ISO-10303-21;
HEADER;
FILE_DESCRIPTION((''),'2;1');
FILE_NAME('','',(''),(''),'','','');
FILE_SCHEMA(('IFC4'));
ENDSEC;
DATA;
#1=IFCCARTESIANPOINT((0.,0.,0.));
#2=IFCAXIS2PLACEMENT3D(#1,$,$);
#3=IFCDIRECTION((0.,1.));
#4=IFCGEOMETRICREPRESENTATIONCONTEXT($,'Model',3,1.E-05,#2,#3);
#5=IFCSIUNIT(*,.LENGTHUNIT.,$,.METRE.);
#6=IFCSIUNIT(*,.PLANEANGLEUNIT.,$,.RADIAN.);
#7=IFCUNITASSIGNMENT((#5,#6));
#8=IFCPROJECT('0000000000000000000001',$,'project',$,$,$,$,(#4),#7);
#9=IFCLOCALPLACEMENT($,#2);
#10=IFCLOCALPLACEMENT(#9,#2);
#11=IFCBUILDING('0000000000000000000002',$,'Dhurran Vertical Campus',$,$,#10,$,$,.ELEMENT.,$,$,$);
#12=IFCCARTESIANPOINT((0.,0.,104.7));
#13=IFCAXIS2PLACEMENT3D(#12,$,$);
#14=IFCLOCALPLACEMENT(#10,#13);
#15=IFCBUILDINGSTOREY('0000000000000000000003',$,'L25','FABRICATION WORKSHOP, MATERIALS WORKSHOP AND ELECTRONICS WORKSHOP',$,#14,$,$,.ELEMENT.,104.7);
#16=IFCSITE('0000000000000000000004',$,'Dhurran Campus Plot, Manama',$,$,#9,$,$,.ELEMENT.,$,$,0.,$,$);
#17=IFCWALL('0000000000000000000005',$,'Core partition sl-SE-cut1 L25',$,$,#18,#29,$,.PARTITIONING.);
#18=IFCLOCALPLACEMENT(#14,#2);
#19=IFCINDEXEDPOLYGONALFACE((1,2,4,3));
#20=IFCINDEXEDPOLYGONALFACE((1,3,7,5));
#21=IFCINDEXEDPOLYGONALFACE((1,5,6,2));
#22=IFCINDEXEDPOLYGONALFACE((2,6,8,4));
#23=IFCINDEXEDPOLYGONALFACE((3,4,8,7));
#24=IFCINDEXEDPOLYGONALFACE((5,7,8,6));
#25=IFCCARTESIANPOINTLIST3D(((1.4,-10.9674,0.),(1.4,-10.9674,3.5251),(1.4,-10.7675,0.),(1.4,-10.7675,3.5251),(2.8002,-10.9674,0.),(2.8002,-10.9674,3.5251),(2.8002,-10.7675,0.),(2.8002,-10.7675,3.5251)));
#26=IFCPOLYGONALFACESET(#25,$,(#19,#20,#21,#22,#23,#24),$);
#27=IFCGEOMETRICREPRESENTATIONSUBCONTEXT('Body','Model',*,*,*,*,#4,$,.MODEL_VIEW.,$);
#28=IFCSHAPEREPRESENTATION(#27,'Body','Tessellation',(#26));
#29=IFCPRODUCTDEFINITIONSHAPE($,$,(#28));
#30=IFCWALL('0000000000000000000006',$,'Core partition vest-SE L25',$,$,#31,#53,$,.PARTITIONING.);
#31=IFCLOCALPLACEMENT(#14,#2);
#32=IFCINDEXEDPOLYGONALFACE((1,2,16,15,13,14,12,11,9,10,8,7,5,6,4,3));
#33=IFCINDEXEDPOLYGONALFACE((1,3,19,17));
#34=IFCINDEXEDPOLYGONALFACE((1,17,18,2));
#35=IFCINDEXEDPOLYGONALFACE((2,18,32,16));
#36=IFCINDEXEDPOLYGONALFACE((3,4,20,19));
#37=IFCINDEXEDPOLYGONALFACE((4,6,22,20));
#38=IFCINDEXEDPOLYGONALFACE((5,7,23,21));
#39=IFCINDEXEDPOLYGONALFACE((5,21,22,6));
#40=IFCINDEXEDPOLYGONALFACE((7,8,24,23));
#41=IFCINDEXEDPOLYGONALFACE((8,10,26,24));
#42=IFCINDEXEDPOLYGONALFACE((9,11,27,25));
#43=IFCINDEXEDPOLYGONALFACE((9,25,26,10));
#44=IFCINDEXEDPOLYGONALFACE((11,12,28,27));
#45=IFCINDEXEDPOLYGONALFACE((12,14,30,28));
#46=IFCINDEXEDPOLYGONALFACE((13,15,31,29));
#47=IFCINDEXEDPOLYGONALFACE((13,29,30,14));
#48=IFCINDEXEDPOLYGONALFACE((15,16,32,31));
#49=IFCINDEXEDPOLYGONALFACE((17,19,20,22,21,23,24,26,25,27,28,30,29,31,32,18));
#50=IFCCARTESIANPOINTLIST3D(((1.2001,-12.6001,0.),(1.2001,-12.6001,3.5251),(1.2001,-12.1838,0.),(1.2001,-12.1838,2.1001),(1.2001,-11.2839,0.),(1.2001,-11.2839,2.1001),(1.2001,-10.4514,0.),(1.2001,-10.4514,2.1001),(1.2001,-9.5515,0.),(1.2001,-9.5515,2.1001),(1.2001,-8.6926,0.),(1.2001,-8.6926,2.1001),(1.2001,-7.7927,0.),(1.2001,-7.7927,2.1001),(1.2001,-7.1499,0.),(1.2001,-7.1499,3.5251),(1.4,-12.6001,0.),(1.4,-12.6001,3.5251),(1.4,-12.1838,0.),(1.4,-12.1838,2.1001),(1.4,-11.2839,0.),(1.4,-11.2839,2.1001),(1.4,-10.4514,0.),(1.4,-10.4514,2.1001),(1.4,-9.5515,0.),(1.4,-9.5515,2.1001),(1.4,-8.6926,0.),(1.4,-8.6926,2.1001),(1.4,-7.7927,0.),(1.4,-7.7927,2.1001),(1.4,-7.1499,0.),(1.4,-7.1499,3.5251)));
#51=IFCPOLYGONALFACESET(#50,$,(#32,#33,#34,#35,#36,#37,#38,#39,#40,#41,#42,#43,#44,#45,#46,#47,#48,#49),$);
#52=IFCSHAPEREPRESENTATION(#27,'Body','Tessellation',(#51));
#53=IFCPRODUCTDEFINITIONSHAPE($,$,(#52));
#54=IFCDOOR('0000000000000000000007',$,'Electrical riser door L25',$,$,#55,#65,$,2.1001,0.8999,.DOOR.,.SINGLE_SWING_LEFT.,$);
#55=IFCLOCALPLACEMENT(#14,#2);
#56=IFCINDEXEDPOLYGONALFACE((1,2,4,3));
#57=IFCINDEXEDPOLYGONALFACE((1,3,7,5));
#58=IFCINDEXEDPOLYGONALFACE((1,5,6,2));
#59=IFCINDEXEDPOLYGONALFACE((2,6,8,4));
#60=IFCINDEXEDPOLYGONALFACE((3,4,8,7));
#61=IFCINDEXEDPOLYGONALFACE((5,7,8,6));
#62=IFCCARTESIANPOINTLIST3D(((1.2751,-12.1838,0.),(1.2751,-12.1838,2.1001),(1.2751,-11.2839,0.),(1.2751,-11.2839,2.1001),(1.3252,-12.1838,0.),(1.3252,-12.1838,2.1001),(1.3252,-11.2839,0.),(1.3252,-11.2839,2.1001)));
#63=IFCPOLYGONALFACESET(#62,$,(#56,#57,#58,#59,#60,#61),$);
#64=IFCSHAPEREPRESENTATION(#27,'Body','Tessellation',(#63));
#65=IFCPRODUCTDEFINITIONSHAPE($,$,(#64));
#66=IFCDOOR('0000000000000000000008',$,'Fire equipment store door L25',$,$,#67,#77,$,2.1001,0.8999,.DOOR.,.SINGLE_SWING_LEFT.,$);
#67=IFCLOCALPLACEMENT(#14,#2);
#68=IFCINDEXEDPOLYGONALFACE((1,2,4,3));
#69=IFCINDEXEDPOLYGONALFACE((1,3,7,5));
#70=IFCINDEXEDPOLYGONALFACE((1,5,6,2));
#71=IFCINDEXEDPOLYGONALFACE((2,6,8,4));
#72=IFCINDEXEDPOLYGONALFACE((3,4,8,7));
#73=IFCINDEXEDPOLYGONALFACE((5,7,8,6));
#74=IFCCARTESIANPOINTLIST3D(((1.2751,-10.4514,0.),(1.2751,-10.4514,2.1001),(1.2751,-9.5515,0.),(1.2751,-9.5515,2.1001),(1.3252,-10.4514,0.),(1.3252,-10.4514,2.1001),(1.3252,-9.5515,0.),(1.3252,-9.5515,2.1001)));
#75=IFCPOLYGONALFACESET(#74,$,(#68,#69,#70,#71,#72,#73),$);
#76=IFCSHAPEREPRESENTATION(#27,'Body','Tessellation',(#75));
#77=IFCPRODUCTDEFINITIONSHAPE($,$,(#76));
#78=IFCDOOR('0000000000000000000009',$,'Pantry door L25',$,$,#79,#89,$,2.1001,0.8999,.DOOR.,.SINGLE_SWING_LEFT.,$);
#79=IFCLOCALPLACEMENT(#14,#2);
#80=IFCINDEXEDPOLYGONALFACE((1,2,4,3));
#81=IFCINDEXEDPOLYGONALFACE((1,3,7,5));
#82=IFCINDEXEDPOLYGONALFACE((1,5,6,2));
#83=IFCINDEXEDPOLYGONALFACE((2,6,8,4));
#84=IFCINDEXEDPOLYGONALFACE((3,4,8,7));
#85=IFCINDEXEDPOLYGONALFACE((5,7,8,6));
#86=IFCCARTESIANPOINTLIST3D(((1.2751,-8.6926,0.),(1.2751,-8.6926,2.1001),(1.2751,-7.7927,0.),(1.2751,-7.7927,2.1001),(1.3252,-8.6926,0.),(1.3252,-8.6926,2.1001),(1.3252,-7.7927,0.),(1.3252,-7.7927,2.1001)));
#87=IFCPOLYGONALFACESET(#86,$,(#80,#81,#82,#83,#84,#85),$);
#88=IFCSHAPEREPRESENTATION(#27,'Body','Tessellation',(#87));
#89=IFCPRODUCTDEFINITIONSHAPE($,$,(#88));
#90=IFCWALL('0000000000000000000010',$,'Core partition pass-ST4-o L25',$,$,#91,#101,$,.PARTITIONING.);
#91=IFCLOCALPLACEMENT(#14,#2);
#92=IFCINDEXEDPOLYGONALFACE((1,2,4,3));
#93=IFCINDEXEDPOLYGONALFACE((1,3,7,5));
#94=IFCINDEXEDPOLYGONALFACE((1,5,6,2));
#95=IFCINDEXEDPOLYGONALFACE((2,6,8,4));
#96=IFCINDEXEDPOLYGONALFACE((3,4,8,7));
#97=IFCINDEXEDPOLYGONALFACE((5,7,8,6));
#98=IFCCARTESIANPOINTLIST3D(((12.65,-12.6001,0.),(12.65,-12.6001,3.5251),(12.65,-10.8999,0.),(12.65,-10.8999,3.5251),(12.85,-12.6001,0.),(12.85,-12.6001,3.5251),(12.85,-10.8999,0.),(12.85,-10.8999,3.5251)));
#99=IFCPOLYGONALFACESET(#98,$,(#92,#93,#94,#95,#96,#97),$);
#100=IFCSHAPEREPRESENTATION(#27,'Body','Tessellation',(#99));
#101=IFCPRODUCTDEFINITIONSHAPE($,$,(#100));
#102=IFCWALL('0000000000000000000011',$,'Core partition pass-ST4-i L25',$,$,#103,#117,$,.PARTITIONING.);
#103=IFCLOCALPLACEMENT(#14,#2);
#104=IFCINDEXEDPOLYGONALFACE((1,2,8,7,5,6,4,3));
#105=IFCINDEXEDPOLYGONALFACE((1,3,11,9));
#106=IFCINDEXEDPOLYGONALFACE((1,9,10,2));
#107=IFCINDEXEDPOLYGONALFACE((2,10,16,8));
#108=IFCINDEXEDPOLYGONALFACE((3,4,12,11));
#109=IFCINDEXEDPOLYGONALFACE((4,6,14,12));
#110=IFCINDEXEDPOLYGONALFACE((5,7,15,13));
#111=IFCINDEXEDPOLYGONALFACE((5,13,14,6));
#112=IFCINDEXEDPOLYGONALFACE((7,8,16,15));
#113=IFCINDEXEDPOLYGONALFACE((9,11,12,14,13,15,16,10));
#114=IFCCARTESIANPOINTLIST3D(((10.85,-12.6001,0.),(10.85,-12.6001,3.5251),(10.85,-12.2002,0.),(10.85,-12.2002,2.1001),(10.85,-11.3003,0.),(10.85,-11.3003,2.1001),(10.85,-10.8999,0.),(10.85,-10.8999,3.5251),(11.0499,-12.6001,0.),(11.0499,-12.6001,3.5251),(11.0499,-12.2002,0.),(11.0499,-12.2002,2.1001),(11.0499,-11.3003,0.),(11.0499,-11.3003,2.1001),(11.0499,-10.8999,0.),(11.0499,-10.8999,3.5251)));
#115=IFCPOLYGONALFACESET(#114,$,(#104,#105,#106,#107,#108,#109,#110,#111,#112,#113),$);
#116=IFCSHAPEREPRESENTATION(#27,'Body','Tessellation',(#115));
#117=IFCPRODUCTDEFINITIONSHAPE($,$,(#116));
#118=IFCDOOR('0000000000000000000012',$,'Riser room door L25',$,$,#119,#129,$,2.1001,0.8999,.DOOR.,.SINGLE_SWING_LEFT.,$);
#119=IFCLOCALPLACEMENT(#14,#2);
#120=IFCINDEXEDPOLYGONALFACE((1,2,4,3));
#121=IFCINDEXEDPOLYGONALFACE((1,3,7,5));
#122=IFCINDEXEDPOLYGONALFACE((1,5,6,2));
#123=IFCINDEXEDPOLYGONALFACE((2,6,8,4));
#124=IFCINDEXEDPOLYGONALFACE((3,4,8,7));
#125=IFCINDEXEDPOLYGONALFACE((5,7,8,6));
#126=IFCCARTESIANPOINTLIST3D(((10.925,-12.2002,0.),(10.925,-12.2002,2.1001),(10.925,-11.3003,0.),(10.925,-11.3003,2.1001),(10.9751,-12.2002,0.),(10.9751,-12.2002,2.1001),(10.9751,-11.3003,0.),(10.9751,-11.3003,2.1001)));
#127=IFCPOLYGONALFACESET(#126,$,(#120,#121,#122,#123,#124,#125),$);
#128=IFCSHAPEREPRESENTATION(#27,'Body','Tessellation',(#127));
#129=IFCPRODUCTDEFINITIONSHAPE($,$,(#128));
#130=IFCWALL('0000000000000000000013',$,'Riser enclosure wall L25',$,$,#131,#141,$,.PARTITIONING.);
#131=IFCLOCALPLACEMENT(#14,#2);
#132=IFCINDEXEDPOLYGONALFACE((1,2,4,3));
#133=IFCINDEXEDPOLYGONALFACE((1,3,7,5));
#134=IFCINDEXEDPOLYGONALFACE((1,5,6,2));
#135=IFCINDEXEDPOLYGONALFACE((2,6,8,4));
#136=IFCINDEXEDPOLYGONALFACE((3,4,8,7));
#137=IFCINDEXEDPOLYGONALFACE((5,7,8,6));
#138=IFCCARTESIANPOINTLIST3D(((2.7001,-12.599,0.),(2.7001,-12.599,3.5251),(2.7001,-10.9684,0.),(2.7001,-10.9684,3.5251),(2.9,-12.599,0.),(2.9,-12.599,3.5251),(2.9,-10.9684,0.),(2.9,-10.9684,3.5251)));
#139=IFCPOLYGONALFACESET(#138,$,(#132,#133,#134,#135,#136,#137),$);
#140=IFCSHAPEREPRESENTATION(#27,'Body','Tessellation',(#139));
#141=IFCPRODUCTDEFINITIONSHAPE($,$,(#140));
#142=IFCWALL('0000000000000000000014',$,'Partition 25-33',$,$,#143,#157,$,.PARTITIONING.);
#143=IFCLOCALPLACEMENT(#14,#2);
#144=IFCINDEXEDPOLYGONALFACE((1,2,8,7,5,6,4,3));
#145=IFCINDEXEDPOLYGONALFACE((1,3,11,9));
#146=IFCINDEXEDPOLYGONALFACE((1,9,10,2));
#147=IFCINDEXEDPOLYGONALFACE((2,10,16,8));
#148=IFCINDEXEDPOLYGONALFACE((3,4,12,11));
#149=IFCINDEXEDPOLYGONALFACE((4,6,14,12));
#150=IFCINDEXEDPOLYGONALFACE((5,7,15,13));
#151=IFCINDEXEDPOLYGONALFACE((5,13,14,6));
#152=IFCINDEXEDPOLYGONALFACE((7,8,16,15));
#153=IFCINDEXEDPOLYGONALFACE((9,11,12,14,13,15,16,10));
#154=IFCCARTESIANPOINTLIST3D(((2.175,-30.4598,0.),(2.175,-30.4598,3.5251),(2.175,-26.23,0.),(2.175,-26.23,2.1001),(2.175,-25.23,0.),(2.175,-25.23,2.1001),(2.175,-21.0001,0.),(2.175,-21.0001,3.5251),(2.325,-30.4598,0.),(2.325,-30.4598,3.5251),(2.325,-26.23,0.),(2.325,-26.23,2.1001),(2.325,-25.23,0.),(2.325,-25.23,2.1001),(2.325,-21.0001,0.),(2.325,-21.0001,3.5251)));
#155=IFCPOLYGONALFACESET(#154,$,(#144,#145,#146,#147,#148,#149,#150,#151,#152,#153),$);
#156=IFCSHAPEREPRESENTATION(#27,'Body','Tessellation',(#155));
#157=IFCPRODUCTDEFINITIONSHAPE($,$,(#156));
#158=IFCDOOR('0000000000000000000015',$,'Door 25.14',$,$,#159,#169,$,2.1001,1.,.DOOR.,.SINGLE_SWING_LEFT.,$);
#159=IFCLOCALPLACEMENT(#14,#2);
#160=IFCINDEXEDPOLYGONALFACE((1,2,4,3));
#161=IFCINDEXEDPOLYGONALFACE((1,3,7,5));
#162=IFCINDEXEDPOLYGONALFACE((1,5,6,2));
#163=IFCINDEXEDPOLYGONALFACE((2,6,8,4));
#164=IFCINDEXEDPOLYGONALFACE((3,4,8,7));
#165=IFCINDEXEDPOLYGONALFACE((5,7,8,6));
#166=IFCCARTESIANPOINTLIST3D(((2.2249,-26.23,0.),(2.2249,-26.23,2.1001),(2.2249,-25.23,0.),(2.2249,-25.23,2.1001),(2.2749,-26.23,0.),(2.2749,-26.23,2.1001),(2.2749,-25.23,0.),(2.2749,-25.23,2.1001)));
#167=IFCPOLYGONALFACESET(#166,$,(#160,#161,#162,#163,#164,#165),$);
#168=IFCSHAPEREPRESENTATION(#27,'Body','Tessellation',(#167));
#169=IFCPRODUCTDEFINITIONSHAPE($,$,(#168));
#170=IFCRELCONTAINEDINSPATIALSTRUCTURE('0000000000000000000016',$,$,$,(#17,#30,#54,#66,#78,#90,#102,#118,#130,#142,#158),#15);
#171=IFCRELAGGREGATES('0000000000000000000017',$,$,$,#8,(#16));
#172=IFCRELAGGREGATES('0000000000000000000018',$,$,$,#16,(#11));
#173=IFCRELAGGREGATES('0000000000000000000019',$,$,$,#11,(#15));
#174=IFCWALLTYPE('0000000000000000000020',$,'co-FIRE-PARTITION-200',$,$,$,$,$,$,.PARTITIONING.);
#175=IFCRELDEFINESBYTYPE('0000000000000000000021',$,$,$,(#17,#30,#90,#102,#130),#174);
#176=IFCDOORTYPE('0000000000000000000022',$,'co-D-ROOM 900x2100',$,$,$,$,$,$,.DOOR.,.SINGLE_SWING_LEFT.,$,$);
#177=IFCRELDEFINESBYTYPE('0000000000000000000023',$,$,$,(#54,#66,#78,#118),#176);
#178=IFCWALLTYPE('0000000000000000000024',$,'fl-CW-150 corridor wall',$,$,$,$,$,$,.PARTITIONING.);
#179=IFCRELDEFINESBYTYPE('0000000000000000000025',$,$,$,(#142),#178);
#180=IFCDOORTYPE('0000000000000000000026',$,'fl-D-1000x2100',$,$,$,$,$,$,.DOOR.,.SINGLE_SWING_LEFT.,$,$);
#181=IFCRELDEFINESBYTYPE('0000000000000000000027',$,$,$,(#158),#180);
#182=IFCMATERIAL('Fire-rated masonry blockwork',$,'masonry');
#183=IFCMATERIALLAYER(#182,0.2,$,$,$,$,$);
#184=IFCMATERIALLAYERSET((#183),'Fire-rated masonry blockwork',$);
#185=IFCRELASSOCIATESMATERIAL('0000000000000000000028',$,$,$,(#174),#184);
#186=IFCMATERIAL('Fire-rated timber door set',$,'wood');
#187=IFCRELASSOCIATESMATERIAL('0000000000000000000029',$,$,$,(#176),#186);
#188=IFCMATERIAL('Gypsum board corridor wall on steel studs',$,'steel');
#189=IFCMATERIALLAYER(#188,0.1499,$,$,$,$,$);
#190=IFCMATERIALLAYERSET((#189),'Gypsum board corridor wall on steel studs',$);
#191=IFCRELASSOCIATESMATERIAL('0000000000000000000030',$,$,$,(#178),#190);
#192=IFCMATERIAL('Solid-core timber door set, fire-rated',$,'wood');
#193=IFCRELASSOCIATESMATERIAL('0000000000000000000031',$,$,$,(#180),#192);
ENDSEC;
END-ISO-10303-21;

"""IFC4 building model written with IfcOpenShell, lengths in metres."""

from ifc_helpers import new_model, si_unit, direction, frame, frame_2d, origin, place, context, subcontext, project, spatial, rectangle, extrude, material, layer, layer_set, type_object, element, fill, save


model = new_model("IFC4")

# Units and contexts
model_context = context("Model", 3, precision=1e-05, world=origin(), true_north=direction((0.0, 1.0)))
body_context = subcontext(model_context, "Body", "Model", "MODEL_VIEW")
ifc_project = project(units=[si_unit("LENGTHUNIT", "METRE"), si_unit("PLANEANGLEUNIT", "RADIAN")], contexts=[model_context])

# Site, building, storey
site_placement = place(None, origin())
site = spatial("IfcSite", under=ifc_project, at=site_placement, Name="Dhurran Campus Plot, Manama", CompositionType="ELEMENT", RefElevation=0.0)
building_placement = place(site_placement, origin())
building = spatial("IfcBuilding", under=site, at=building_placement, Name="Dhurran Vertical Campus", CompositionType="ELEMENT")
storey_placement = place(building_placement, frame((0.0, 0.0, 104.7)))
storey = spatial("IfcBuildingStorey", under=building, at=storey_placement, Name="L25", Description="FABRICATION WORKSHOP, MATERIALS WORKSHOP AND ELECTRONICS WORKSHOP", CompositionType="ELEMENT", Elevation=104.7)

# Wall
ifc_material_1 = material(Name="Fire-rated masonry blockwork", Category="masonry")
ifc_layer_1 = layer(ifc_material_1, 0.2)
ifc_layer_set_1 = layer_set([ifc_layer_1], Name="Fire-rated masonry blockwork")
wall_type_1 = type_object("IfcWallType", Name="co-FIRE-PARTITION-200", PredefinedType="PARTITIONING", material=ifc_layer_set_1)
wall_1_placement = place(storey_placement, frame((1.3999, -10.8674, 0.0), z_axis=(0.0, 0.0, 1.0), x_axis=(1.0, 0.0, 0.0)))
element("IfcWall", 1, at=wall_1_placement, inside=storey, type_object=wall_type_1, Name="Core partition sl-SE-cut1 L25", PredefinedType="PARTITIONING", context=body_context, shape_type="SweptSolid", body=[
    extrude(rectangle(XDim=1.4001, YDim=0.2, at=frame_2d((0.7002, 0.0))), origin(), (0.0, 0.0, 1.0), 3.5251),
])

# Wall, openings, doors
wall_2_placement = place(storey_placement, frame((1.3, -12.6001, 0.0), z_axis=(0.0, 0.0, 1.0), x_axis=(0.0, 1.0, 0.0)))
wall_2 = element("IfcWall", 2, at=wall_2_placement, inside=storey, type_object=wall_type_1, Name="Core partition vest-SE L25", PredefinedType="PARTITIONING", context=body_context, shape_type="SweptSolid", body=[
    extrude(rectangle(XDim=5.4502, YDim=0.2, at=frame_2d((2.7251, 0.0))), origin(), (0.0, 0.0, 1.0), 3.5251),
])
opening_1_placement = place(wall_2_placement, frame((0.4163, 0.0, 0.0)))
opening_1 = element("IfcOpeningElement", 3, at=opening_1_placement, cuts=wall_2, PredefinedType="OPENING", context=body_context, shape_type="SweptSolid", body=[
    extrude(rectangle(XDim=0.8999, YDim=2.1001, at=frame_2d((0.45, 1.05))), frame((0.0, 0.1099, 0.0), z_axis=(0.0, -1.0, 0.0), x_axis=(1.0, 0.0, 0.0)), (0.0, 0.0, 1.0), 0.22),
])
opening_2_placement = place(wall_2_placement, frame((2.1487, 0.0, 0.0)))
opening_2 = element("IfcOpeningElement", 4, at=opening_2_placement, cuts=wall_2, PredefinedType="OPENING", context=body_context, shape_type="SweptSolid", body=[
    extrude(rectangle(XDim=0.8999, YDim=2.1001, at=frame_2d((0.45, 1.05))), frame((0.0, 0.1099, 0.0), z_axis=(0.0, -1.0, 0.0), x_axis=(1.0, 0.0, 0.0)), (0.0, 0.0, 1.0), 0.22),
])
opening_3_placement = place(wall_2_placement, frame((3.9075, 0.0, 0.0)))
opening_3 = element("IfcOpeningElement", 5, at=opening_3_placement, cuts=wall_2, PredefinedType="OPENING", context=body_context, shape_type="SweptSolid", body=[
    extrude(rectangle(XDim=0.8999, YDim=2.1001, at=frame_2d((0.45, 1.05))), frame((0.0, 0.1099, 0.0), z_axis=(0.0, -1.0, 0.0), x_axis=(1.0, 0.0, 0.0)), (0.0, 0.0, 1.0), 0.22),
])
ifc_material_2 = material(Name="Fire-rated timber door set", Category="wood")
door_type_1 = type_object("IfcDoorType", Name="co-D-ROOM 900x2100", OperationType="SINGLE_SWING_LEFT", PredefinedType="DOOR", material=ifc_material_2)
door_1_placement = place(opening_1_placement, origin())
door_1 = element("IfcDoor", 6, at=door_1_placement, inside=storey, type_object=door_type_1, Name="Electrical riser door L25", OperationType="SINGLE_SWING_LEFT", OverallHeight=2.1001, OverallWidth=0.8999, PredefinedType="DOOR", context=body_context, shape_type="SweptSolid", body=[
    extrude(rectangle(XDim=0.8999, YDim=2.1001, at=frame_2d((0.45, 1.05))), frame((0.0, 0.0249, 0.0), z_axis=(0.0, -1.0, 0.0), x_axis=(1.0, 0.0, 0.0)), (0.0, 0.0, 1.0), 0.05),
])
fill(opening_1, door_1)
door_2_placement = place(opening_2_placement, origin())
door_2 = element("IfcDoor", 7, at=door_2_placement, inside=storey, type_object=door_type_1, Name="Fire equipment store door L25", OperationType="SINGLE_SWING_LEFT", OverallHeight=2.1001, OverallWidth=0.8999, PredefinedType="DOOR", context=body_context, shape_type="SweptSolid", body=[
    extrude(rectangle(XDim=0.8999, YDim=2.1001, at=frame_2d((0.45, 1.05))), frame((0.0, 0.0249, 0.0), z_axis=(0.0, -1.0, 0.0), x_axis=(1.0, 0.0, 0.0)), (0.0, 0.0, 1.0), 0.05),
])
fill(opening_2, door_2)
door_3_placement = place(opening_3_placement, origin())
door_3 = element("IfcDoor", 8, at=door_3_placement, inside=storey, type_object=door_type_1, Name="Pantry door L25", OperationType="SINGLE_SWING_LEFT", OverallHeight=2.1001, OverallWidth=0.8999, PredefinedType="DOOR", context=body_context, shape_type="SweptSolid", body=[
    extrude(rectangle(XDim=0.8999, YDim=2.1001, at=frame_2d((0.45, 1.05))), frame((0.0, 0.0249, 0.0), z_axis=(0.0, -1.0, 0.0), x_axis=(1.0, 0.0, 0.0)), (0.0, 0.0, 1.0), 0.05),
])
fill(opening_3, door_3)

# Wall
wall_3_placement = place(storey_placement, frame((12.75, -12.6001, 0.0), z_axis=(0.0, 0.0, 1.0), x_axis=(0.0, 1.0, 0.0)))
element("IfcWall", 9, at=wall_3_placement, inside=storey, type_object=wall_type_1, Name="Core partition pass-ST4-o L25", PredefinedType="PARTITIONING", context=body_context, shape_type="SweptSolid", body=[
    extrude(rectangle(XDim=1.7002, YDim=0.2, at=frame_2d((0.8501, 0.0))), origin(), (0.0, 0.0, 1.0), 3.5251),
])

# Wall, opening, door
wall_4_placement = place(storey_placement, frame((10.95, -12.6001, 0.0), z_axis=(0.0, 0.0, 1.0), x_axis=(0.0, 1.0, 0.0)))
wall_4 = element("IfcWall", 10, at=wall_4_placement, inside=storey, type_object=wall_type_1, Name="Core partition pass-ST4-i L25", PredefinedType="PARTITIONING", context=body_context, shape_type="SweptSolid", body=[
    extrude(rectangle(XDim=1.7002, YDim=0.2, at=frame_2d((0.8501, 0.0))), origin(), (0.0, 0.0, 1.0), 3.5251),
])
opening_4_placement = place(wall_4_placement, frame((0.3999, 0.0, 0.0)))
opening_4 = element("IfcOpeningElement", 11, at=opening_4_placement, cuts=wall_4, PredefinedType="OPENING", context=body_context, shape_type="SweptSolid", body=[
    extrude(rectangle(XDim=0.8999, YDim=2.1001, at=frame_2d((0.45, 1.05))), frame((0.0, 0.1099, 0.0), z_axis=(0.0, -1.0, 0.0), x_axis=(1.0, 0.0, 0.0)), (0.0, 0.0, 1.0), 0.22),
])
door_4_placement = place(opening_4_placement, origin())
door_4 = element("IfcDoor", 12, at=door_4_placement, inside=storey, type_object=door_type_1, Name="Riser room door L25", OperationType="SINGLE_SWING_LEFT", OverallHeight=2.1001, OverallWidth=0.8999, PredefinedType="DOOR", context=body_context, shape_type="SweptSolid", body=[
    extrude(rectangle(XDim=0.8999, YDim=2.1001, at=frame_2d((0.45, 1.05))), frame((0.0, 0.0249, 0.0), z_axis=(0.0, -1.0, 0.0), x_axis=(1.0, 0.0, 0.0)), (0.0, 0.0, 1.0), 0.05),
])
fill(opening_4, door_4)

# Wall
wall_5_placement = place(storey_placement, frame((2.8, -12.5991, 0.0), z_axis=(0.0, 0.0, 1.0), x_axis=(0.0, 1.0, 0.0)))
element("IfcWall", 13, at=wall_5_placement, inside=storey, type_object=wall_type_1, Name="Riser enclosure wall L25", PredefinedType="PARTITIONING", context=body_context, shape_type="SweptSolid", body=[
    extrude(rectangle(XDim=1.6306, YDim=0.2, at=frame_2d((0.8154, 0.0))), origin(), (0.0, 0.0, 1.0), 3.5251),
])

# Wall, opening, door
ifc_material_3 = material(Name="Gypsum board corridor wall on steel studs", Category="steel")
ifc_layer_2 = layer(ifc_material_3, 0.1499)
ifc_layer_set_2 = layer_set([ifc_layer_2], Name="Gypsum board corridor wall on steel studs")
wall_type_2 = type_object("IfcWallType", Name="fl-CW-150 corridor wall", PredefinedType="PARTITIONING", material=ifc_layer_set_2)
wall_6_placement = place(storey_placement, frame((2.25, -21.0, 0.0), z_axis=(0.0, 0.0, 1.0), x_axis=(0.0, -1.0, 0.0)))
wall_6 = element("IfcWall", 14, at=wall_6_placement, inside=storey, type_object=wall_type_2, Name="Partition 25-33", PredefinedType="PARTITIONING", context=body_context, shape_type="SweptSolid", body=[
    extrude(rectangle(XDim=9.4597, YDim=0.1499, at=frame_2d((4.73, 0.0))), origin(), (0.0, 0.0, 1.0), 3.5251),
])
opening_5_placement = place(wall_6_placement, frame((4.23, 0.0, 0.0)))
opening_5 = element("IfcOpeningElement", 15, at=opening_5_placement, cuts=wall_6, PredefinedType="OPENING", context=body_context, shape_type="SweptSolid", body=[
    extrude(rectangle(XDim=1.0, YDim=2.1001, at=frame_2d((0.5, 1.05))), frame((0.0, 0.085, 0.0), z_axis=(0.0, -1.0, 0.0), x_axis=(1.0, 0.0, 0.0)), (0.0, 0.0, 1.0), 0.1699),
])
ifc_material_4 = material(Name="Solid-core timber door set, fire-rated", Category="wood")
door_type_2 = type_object("IfcDoorType", Name="fl-D-1000x2100", OperationType="SINGLE_SWING_LEFT", PredefinedType="DOOR", material=ifc_material_4)
door_5_placement = place(opening_5_placement, origin())
door_5 = element("IfcDoor", 16, at=door_5_placement, inside=storey, type_object=door_type_2, Name="Door 25.14", OperationType="SINGLE_SWING_LEFT", OverallHeight=2.1001, OverallWidth=1.0, PredefinedType="DOOR", context=body_context, shape_type="SweptSolid", body=[
    extrude(rectangle(XDim=1.0, YDim=2.1001, at=frame_2d((0.5, 1.05))), frame((0.0, 0.0249, 0.0), z_axis=(0.0, -1.0, 0.0), x_axis=(1.0, 0.0, 0.0)), (0.0, 0.0, 1.0), 0.05),
])
fill(opening_5, door_5)

save(model, "model.ifc")
